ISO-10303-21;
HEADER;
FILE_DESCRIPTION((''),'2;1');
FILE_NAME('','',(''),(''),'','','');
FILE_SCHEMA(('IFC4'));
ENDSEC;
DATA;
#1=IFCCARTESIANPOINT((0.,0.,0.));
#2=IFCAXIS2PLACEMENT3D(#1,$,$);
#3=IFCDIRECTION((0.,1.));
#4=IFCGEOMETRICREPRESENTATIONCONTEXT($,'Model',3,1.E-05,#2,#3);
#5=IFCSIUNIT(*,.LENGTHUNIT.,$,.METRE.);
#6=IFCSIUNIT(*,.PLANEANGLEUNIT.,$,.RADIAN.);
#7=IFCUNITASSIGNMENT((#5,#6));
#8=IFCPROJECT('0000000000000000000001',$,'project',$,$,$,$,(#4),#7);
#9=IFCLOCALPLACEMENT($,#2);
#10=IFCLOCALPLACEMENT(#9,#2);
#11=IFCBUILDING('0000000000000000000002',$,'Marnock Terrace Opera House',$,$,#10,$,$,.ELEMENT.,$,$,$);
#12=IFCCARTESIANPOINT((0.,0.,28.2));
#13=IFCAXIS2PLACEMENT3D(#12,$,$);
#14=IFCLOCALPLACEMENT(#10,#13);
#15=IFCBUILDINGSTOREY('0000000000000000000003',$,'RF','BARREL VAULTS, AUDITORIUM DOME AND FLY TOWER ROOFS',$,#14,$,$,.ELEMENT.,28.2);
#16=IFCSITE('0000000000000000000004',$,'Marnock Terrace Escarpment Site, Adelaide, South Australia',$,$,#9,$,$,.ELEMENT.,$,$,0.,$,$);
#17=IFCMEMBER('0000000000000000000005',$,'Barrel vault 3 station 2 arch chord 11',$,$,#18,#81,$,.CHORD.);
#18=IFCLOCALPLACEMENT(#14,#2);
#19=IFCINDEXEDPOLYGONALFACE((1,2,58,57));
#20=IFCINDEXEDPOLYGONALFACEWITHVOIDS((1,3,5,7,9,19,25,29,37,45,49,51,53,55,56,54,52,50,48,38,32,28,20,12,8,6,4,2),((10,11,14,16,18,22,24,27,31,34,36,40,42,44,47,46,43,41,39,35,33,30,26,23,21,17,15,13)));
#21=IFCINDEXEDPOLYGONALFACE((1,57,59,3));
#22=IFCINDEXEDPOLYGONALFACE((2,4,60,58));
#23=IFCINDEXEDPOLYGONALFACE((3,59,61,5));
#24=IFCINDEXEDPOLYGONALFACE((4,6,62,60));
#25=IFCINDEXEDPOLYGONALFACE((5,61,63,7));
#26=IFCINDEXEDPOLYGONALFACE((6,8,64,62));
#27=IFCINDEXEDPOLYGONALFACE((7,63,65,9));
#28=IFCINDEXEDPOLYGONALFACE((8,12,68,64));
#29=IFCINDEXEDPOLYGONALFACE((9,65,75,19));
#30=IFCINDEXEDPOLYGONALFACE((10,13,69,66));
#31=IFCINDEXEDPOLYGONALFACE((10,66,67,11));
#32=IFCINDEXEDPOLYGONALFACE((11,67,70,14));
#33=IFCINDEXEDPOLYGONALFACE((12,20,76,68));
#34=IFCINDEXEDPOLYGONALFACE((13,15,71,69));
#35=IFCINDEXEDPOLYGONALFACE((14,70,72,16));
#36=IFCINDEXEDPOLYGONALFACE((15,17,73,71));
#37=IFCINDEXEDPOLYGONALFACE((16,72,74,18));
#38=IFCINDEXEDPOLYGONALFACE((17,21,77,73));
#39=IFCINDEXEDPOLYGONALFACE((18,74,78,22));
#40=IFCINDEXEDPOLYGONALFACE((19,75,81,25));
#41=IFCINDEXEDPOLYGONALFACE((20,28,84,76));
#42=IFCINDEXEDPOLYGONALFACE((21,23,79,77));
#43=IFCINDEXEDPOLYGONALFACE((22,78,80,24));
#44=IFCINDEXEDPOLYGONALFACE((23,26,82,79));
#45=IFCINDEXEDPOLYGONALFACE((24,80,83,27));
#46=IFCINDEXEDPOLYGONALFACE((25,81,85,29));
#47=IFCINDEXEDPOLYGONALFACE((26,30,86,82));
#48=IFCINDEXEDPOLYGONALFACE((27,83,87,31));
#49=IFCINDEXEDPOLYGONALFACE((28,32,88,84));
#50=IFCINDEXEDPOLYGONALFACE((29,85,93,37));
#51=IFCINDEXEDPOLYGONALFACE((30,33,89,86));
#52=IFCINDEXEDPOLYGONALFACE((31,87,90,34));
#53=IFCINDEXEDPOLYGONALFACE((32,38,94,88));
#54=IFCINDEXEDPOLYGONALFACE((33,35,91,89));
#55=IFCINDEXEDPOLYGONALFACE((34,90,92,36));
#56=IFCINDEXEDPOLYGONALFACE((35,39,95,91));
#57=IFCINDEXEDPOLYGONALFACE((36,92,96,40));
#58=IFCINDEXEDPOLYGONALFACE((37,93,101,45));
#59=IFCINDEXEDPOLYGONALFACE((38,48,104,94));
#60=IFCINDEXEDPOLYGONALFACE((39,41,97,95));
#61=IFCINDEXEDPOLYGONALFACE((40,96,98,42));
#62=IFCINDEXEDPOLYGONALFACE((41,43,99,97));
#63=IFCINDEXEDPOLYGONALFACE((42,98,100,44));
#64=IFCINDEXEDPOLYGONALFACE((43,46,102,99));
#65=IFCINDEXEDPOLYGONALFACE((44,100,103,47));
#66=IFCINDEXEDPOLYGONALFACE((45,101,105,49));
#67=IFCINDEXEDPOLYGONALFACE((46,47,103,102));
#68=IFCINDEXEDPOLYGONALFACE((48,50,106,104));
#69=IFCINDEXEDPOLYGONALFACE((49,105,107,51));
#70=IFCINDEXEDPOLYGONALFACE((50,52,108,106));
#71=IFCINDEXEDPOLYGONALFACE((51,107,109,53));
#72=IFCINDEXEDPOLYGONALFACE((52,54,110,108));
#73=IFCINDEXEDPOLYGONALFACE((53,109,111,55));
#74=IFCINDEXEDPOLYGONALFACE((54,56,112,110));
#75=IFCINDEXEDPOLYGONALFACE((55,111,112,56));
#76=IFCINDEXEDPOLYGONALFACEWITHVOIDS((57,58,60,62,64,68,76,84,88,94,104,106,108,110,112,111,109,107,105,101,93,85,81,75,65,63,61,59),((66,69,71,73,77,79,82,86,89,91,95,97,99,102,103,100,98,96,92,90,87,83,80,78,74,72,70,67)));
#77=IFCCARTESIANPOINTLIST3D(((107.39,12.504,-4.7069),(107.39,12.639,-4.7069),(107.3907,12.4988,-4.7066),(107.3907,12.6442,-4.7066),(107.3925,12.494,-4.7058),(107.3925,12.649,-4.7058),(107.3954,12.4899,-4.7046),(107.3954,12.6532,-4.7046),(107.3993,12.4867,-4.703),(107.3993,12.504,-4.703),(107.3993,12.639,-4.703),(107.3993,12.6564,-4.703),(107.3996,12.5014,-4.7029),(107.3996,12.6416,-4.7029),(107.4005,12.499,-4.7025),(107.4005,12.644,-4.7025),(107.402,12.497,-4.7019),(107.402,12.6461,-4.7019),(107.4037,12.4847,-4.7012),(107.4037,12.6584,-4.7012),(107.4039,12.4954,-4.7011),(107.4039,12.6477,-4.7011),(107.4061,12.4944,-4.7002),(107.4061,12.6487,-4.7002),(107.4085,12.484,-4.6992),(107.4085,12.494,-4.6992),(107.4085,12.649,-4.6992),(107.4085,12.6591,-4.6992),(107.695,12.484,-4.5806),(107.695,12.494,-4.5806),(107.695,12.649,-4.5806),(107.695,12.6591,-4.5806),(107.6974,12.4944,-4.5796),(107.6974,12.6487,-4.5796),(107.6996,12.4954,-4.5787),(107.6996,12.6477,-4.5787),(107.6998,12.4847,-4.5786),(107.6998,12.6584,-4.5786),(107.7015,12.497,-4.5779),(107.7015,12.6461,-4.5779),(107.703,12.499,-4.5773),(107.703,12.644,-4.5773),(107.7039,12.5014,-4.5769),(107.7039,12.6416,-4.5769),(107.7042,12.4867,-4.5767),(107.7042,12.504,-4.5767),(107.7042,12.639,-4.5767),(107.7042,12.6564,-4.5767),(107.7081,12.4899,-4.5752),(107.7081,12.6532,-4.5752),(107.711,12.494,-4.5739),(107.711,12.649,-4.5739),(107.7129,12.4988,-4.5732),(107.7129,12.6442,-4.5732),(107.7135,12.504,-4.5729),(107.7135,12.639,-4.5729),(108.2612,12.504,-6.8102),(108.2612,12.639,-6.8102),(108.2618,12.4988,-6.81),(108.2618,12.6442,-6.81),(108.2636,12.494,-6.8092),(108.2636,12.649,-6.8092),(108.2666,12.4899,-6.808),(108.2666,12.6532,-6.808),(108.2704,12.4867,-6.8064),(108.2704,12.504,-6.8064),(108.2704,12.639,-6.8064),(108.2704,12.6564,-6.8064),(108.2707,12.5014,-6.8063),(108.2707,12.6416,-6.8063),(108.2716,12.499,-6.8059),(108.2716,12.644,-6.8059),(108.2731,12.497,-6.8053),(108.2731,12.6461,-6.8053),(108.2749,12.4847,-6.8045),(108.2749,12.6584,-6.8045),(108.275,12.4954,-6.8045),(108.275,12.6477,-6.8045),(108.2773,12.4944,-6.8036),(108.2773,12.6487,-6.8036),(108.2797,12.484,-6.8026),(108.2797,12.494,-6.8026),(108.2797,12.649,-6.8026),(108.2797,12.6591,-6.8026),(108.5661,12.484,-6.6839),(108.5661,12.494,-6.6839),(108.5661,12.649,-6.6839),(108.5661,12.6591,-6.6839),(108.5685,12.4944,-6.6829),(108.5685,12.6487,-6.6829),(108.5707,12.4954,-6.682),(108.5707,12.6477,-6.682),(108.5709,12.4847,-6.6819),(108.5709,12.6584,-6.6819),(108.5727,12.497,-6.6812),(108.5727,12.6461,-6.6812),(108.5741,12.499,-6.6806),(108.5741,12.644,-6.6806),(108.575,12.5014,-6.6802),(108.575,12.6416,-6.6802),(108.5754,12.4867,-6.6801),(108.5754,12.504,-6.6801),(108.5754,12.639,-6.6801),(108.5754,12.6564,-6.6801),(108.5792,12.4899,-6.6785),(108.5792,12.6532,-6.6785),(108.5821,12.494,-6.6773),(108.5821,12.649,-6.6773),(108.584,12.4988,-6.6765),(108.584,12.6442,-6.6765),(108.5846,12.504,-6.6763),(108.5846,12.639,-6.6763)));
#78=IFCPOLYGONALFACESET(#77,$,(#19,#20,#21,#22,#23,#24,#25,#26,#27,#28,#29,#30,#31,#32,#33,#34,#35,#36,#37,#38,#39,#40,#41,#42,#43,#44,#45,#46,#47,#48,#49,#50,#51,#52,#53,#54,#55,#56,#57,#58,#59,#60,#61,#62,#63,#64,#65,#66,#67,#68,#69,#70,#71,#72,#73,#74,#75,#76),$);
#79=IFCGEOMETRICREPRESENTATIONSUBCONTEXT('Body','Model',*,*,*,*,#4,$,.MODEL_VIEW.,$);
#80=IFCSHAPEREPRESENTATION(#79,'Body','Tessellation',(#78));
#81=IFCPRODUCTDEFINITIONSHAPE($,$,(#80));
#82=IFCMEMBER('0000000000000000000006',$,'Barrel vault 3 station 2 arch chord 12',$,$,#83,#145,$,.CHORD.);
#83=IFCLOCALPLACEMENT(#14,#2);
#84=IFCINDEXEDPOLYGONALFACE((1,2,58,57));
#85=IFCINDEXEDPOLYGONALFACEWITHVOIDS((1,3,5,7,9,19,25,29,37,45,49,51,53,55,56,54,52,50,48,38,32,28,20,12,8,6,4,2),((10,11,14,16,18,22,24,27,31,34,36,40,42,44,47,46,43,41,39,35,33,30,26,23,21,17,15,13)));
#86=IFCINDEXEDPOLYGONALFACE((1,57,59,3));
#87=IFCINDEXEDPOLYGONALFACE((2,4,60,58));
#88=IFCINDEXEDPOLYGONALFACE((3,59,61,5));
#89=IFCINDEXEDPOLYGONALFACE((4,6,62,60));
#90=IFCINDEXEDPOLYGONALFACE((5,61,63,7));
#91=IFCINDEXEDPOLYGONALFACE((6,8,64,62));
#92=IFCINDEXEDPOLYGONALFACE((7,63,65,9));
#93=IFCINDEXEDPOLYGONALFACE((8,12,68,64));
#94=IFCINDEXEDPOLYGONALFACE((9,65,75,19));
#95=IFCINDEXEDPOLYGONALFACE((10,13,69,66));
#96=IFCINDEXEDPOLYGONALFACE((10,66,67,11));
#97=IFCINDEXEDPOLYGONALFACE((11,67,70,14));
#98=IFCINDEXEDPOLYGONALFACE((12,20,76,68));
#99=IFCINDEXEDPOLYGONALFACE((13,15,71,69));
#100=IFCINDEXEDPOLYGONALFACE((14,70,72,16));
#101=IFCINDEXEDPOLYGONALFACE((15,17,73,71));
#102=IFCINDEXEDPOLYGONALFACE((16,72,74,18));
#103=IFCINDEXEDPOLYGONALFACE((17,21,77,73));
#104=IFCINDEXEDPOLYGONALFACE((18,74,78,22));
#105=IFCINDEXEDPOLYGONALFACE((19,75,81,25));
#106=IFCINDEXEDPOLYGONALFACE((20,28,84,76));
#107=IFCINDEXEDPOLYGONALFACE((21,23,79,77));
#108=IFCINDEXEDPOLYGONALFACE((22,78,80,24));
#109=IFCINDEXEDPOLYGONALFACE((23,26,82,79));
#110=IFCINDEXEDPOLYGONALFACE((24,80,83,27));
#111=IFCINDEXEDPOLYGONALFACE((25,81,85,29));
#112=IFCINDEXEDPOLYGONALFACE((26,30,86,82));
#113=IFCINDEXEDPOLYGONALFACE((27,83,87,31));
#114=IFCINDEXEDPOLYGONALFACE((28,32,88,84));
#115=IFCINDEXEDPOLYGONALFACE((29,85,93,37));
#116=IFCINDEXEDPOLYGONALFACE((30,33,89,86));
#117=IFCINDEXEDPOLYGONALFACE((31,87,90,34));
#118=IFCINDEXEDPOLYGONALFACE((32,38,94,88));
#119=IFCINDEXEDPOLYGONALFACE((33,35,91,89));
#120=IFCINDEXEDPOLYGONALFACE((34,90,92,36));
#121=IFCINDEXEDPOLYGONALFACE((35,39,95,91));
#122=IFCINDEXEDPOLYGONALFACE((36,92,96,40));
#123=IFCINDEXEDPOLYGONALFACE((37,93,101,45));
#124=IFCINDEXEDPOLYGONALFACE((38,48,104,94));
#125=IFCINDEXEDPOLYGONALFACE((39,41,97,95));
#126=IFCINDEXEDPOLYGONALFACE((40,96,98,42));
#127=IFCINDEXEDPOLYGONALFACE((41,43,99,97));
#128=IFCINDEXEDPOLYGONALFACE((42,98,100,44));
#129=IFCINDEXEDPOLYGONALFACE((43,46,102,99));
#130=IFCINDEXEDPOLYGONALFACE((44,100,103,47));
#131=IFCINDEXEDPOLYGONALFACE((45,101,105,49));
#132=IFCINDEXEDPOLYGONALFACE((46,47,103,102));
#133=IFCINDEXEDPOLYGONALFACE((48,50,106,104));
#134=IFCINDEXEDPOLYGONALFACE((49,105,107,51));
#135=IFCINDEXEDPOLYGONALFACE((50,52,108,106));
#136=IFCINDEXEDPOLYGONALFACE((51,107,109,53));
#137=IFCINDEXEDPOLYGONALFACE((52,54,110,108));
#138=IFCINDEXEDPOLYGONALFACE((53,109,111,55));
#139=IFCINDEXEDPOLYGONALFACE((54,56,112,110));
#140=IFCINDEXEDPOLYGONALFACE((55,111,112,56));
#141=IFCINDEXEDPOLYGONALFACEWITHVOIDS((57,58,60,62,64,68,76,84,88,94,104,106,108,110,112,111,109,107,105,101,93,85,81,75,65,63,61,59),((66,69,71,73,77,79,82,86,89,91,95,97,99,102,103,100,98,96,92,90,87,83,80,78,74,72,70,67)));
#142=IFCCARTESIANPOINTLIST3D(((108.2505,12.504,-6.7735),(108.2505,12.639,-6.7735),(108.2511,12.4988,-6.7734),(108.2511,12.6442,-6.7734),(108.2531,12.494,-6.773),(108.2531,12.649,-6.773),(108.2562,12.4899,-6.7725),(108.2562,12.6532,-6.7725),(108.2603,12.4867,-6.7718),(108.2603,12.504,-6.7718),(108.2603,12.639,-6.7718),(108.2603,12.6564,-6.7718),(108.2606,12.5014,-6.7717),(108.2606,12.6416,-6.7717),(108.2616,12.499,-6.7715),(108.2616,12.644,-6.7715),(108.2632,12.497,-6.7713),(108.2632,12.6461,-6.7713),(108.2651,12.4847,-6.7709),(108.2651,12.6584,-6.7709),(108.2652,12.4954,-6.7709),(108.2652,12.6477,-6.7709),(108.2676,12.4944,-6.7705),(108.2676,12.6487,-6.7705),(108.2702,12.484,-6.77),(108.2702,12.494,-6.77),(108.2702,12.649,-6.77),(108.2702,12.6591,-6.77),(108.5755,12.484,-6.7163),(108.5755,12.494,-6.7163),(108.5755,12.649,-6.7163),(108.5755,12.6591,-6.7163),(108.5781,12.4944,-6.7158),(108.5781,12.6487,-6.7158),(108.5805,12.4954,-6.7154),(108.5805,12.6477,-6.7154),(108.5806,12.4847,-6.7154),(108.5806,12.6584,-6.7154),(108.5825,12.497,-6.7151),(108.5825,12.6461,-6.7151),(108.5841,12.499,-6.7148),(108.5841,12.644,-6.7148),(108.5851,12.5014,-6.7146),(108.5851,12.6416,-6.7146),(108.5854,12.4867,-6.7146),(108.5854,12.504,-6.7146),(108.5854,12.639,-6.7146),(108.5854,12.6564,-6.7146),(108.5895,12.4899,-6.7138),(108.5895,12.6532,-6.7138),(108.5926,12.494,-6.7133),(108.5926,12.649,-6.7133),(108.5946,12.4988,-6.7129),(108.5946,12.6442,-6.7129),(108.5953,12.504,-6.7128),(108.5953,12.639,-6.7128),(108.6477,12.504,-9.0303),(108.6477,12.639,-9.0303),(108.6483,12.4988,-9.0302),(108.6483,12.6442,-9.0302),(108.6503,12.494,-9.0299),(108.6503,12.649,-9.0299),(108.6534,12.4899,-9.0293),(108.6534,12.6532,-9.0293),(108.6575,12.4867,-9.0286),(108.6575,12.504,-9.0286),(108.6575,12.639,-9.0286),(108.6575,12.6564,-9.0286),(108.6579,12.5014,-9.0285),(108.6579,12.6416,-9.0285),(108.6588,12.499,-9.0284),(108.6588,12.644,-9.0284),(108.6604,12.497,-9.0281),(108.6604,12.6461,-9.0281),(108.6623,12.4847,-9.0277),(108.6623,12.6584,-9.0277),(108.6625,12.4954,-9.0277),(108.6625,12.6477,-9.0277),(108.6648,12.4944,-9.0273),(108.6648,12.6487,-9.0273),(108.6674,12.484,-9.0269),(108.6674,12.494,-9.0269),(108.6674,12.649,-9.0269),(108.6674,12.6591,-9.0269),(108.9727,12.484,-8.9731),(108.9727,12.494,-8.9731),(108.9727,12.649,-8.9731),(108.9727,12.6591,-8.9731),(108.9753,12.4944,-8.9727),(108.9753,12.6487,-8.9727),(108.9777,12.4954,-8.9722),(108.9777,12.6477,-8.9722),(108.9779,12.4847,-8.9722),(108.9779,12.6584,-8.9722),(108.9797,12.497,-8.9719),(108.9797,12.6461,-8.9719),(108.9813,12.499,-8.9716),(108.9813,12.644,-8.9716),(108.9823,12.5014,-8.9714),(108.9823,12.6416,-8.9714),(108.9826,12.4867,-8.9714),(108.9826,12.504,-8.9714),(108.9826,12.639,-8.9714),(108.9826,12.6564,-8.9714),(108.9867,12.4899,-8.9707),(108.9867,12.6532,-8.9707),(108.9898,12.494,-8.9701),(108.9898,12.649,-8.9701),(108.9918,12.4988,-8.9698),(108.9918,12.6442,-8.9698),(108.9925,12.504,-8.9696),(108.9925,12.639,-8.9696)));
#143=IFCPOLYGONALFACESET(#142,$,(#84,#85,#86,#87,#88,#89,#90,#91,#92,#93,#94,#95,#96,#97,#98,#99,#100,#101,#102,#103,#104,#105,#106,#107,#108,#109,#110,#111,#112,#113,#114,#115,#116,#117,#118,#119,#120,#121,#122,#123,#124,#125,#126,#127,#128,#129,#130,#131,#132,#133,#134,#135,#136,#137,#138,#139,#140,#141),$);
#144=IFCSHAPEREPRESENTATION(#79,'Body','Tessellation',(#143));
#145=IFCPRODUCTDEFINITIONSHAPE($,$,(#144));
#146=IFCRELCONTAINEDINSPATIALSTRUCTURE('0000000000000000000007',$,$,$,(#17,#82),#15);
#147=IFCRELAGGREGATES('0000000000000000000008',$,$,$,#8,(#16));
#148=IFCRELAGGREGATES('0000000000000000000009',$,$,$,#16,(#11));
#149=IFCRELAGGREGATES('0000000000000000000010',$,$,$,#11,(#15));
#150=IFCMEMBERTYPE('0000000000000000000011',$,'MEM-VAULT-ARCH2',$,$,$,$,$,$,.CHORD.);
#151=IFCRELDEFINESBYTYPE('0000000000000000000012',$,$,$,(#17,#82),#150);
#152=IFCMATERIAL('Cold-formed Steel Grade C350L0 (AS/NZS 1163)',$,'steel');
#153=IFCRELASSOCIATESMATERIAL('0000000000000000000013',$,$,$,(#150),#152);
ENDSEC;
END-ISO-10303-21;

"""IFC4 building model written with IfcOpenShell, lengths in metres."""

from ifc_helpers import new_model, si_unit, direction, frame, origin, origin_2d, place, context, subcontext, project, spatial, hollow_rectangle, extrude, material, material_profile, profile_set, type_object, element, save


model = new_model("IFC4")

# Units and contexts
model_context = context("Model", 3, precision=1e-05, world=origin(), true_north=direction((0.0, 1.0)))
body_context = subcontext(model_context, "Body", "Model", "MODEL_VIEW")
ifc_project = project(units=[si_unit("LENGTHUNIT", "METRE"), si_unit("PLANEANGLEUNIT", "RADIAN")], contexts=[model_context])

# Site, building, storey
site_placement = place(None, origin())
site = spatial("IfcSite", under=ifc_project, at=site_placement, Name="Marnock Terrace Escarpment Site, Adelaide, South Australia", CompositionType="ELEMENT", RefElevation=0.0)
building_placement = place(site_placement, origin())
building = spatial("IfcBuilding", under=site, at=building_placement, Name="Marnock Terrace Opera House", CompositionType="ELEMENT")
storey_placement = place(building_placement, frame((0.0, 0.0, 28.2)))
storey = spatial("IfcBuildingStorey", under=building, at=storey_placement, Name="RF", Description="BARREL VAULTS, AUDITORIUM DOME AND FLY TOWER ROOFS", CompositionType="ELEMENT", Elevation=28.2)

# Members
ifc_material_1 = material(Name="Cold-formed Steel Grade C350L0 (AS/NZS 1163)", Category="steel")
ifc_material_profile_1 = material_profile(ifc_material_1, hollow_rectangle(XDim=0.175, YDim=0.3501, WallThickness=0.01, InnerFilletRadius=0.01, OuterFilletRadius=0.02, at=origin_2d()))
ifc_profile_set_1 = profile_set([ifc_material_profile_1], Name="Cold-formed Steel Grade C350L0 (AS/NZS 1163)")
member_type_1 = type_object("IfcMemberType", Name="MEM-VAULT-ARCH2", PredefinedType="CHORD", material=ifc_profile_set_1)
member_1_placement = place(storey_placement, frame((107.5518, 12.5715, -4.6399), z_axis=(0.382642, 0.0, -0.923897), x_axis=(0.0, 1.0, 0.0)))
element("IfcMember", 1, at=member_1_placement, inside=storey, type_object=member_type_1, Name="Barrel vault 3 station 2 arch chord 11", PredefinedType="CHORD", context=body_context, shape_type="SweptSolid", body=[
    extrude(hollow_rectangle(XDim=0.175, YDim=0.3501, WallThickness=0.01, InnerFilletRadius=0.01, OuterFilletRadius=0.02, at=origin_2d()), origin(), (0.0, 0.0, 1.0), 2.2766),
])
member_2_placement = place(storey_placement, frame((108.4229, 12.5715, -6.7432), z_axis=(0.173342, 0.0, -0.984862), x_axis=(0.0, 1.0, 0.0)))
element("IfcMember", 2, at=member_2_placement, inside=storey, type_object=member_type_1, Name="Barrel vault 3 station 2 arch chord 12", PredefinedType="CHORD", context=body_context, shape_type="SweptSolid", body=[
    extrude(hollow_rectangle(XDim=0.175, YDim=0.3501, WallThickness=0.01, InnerFilletRadius=0.01, OuterFilletRadius=0.02, at=origin_2d()), origin(), (0.0, 0.0, 1.0), 2.2915),
])

save(model, "model.ifc")
